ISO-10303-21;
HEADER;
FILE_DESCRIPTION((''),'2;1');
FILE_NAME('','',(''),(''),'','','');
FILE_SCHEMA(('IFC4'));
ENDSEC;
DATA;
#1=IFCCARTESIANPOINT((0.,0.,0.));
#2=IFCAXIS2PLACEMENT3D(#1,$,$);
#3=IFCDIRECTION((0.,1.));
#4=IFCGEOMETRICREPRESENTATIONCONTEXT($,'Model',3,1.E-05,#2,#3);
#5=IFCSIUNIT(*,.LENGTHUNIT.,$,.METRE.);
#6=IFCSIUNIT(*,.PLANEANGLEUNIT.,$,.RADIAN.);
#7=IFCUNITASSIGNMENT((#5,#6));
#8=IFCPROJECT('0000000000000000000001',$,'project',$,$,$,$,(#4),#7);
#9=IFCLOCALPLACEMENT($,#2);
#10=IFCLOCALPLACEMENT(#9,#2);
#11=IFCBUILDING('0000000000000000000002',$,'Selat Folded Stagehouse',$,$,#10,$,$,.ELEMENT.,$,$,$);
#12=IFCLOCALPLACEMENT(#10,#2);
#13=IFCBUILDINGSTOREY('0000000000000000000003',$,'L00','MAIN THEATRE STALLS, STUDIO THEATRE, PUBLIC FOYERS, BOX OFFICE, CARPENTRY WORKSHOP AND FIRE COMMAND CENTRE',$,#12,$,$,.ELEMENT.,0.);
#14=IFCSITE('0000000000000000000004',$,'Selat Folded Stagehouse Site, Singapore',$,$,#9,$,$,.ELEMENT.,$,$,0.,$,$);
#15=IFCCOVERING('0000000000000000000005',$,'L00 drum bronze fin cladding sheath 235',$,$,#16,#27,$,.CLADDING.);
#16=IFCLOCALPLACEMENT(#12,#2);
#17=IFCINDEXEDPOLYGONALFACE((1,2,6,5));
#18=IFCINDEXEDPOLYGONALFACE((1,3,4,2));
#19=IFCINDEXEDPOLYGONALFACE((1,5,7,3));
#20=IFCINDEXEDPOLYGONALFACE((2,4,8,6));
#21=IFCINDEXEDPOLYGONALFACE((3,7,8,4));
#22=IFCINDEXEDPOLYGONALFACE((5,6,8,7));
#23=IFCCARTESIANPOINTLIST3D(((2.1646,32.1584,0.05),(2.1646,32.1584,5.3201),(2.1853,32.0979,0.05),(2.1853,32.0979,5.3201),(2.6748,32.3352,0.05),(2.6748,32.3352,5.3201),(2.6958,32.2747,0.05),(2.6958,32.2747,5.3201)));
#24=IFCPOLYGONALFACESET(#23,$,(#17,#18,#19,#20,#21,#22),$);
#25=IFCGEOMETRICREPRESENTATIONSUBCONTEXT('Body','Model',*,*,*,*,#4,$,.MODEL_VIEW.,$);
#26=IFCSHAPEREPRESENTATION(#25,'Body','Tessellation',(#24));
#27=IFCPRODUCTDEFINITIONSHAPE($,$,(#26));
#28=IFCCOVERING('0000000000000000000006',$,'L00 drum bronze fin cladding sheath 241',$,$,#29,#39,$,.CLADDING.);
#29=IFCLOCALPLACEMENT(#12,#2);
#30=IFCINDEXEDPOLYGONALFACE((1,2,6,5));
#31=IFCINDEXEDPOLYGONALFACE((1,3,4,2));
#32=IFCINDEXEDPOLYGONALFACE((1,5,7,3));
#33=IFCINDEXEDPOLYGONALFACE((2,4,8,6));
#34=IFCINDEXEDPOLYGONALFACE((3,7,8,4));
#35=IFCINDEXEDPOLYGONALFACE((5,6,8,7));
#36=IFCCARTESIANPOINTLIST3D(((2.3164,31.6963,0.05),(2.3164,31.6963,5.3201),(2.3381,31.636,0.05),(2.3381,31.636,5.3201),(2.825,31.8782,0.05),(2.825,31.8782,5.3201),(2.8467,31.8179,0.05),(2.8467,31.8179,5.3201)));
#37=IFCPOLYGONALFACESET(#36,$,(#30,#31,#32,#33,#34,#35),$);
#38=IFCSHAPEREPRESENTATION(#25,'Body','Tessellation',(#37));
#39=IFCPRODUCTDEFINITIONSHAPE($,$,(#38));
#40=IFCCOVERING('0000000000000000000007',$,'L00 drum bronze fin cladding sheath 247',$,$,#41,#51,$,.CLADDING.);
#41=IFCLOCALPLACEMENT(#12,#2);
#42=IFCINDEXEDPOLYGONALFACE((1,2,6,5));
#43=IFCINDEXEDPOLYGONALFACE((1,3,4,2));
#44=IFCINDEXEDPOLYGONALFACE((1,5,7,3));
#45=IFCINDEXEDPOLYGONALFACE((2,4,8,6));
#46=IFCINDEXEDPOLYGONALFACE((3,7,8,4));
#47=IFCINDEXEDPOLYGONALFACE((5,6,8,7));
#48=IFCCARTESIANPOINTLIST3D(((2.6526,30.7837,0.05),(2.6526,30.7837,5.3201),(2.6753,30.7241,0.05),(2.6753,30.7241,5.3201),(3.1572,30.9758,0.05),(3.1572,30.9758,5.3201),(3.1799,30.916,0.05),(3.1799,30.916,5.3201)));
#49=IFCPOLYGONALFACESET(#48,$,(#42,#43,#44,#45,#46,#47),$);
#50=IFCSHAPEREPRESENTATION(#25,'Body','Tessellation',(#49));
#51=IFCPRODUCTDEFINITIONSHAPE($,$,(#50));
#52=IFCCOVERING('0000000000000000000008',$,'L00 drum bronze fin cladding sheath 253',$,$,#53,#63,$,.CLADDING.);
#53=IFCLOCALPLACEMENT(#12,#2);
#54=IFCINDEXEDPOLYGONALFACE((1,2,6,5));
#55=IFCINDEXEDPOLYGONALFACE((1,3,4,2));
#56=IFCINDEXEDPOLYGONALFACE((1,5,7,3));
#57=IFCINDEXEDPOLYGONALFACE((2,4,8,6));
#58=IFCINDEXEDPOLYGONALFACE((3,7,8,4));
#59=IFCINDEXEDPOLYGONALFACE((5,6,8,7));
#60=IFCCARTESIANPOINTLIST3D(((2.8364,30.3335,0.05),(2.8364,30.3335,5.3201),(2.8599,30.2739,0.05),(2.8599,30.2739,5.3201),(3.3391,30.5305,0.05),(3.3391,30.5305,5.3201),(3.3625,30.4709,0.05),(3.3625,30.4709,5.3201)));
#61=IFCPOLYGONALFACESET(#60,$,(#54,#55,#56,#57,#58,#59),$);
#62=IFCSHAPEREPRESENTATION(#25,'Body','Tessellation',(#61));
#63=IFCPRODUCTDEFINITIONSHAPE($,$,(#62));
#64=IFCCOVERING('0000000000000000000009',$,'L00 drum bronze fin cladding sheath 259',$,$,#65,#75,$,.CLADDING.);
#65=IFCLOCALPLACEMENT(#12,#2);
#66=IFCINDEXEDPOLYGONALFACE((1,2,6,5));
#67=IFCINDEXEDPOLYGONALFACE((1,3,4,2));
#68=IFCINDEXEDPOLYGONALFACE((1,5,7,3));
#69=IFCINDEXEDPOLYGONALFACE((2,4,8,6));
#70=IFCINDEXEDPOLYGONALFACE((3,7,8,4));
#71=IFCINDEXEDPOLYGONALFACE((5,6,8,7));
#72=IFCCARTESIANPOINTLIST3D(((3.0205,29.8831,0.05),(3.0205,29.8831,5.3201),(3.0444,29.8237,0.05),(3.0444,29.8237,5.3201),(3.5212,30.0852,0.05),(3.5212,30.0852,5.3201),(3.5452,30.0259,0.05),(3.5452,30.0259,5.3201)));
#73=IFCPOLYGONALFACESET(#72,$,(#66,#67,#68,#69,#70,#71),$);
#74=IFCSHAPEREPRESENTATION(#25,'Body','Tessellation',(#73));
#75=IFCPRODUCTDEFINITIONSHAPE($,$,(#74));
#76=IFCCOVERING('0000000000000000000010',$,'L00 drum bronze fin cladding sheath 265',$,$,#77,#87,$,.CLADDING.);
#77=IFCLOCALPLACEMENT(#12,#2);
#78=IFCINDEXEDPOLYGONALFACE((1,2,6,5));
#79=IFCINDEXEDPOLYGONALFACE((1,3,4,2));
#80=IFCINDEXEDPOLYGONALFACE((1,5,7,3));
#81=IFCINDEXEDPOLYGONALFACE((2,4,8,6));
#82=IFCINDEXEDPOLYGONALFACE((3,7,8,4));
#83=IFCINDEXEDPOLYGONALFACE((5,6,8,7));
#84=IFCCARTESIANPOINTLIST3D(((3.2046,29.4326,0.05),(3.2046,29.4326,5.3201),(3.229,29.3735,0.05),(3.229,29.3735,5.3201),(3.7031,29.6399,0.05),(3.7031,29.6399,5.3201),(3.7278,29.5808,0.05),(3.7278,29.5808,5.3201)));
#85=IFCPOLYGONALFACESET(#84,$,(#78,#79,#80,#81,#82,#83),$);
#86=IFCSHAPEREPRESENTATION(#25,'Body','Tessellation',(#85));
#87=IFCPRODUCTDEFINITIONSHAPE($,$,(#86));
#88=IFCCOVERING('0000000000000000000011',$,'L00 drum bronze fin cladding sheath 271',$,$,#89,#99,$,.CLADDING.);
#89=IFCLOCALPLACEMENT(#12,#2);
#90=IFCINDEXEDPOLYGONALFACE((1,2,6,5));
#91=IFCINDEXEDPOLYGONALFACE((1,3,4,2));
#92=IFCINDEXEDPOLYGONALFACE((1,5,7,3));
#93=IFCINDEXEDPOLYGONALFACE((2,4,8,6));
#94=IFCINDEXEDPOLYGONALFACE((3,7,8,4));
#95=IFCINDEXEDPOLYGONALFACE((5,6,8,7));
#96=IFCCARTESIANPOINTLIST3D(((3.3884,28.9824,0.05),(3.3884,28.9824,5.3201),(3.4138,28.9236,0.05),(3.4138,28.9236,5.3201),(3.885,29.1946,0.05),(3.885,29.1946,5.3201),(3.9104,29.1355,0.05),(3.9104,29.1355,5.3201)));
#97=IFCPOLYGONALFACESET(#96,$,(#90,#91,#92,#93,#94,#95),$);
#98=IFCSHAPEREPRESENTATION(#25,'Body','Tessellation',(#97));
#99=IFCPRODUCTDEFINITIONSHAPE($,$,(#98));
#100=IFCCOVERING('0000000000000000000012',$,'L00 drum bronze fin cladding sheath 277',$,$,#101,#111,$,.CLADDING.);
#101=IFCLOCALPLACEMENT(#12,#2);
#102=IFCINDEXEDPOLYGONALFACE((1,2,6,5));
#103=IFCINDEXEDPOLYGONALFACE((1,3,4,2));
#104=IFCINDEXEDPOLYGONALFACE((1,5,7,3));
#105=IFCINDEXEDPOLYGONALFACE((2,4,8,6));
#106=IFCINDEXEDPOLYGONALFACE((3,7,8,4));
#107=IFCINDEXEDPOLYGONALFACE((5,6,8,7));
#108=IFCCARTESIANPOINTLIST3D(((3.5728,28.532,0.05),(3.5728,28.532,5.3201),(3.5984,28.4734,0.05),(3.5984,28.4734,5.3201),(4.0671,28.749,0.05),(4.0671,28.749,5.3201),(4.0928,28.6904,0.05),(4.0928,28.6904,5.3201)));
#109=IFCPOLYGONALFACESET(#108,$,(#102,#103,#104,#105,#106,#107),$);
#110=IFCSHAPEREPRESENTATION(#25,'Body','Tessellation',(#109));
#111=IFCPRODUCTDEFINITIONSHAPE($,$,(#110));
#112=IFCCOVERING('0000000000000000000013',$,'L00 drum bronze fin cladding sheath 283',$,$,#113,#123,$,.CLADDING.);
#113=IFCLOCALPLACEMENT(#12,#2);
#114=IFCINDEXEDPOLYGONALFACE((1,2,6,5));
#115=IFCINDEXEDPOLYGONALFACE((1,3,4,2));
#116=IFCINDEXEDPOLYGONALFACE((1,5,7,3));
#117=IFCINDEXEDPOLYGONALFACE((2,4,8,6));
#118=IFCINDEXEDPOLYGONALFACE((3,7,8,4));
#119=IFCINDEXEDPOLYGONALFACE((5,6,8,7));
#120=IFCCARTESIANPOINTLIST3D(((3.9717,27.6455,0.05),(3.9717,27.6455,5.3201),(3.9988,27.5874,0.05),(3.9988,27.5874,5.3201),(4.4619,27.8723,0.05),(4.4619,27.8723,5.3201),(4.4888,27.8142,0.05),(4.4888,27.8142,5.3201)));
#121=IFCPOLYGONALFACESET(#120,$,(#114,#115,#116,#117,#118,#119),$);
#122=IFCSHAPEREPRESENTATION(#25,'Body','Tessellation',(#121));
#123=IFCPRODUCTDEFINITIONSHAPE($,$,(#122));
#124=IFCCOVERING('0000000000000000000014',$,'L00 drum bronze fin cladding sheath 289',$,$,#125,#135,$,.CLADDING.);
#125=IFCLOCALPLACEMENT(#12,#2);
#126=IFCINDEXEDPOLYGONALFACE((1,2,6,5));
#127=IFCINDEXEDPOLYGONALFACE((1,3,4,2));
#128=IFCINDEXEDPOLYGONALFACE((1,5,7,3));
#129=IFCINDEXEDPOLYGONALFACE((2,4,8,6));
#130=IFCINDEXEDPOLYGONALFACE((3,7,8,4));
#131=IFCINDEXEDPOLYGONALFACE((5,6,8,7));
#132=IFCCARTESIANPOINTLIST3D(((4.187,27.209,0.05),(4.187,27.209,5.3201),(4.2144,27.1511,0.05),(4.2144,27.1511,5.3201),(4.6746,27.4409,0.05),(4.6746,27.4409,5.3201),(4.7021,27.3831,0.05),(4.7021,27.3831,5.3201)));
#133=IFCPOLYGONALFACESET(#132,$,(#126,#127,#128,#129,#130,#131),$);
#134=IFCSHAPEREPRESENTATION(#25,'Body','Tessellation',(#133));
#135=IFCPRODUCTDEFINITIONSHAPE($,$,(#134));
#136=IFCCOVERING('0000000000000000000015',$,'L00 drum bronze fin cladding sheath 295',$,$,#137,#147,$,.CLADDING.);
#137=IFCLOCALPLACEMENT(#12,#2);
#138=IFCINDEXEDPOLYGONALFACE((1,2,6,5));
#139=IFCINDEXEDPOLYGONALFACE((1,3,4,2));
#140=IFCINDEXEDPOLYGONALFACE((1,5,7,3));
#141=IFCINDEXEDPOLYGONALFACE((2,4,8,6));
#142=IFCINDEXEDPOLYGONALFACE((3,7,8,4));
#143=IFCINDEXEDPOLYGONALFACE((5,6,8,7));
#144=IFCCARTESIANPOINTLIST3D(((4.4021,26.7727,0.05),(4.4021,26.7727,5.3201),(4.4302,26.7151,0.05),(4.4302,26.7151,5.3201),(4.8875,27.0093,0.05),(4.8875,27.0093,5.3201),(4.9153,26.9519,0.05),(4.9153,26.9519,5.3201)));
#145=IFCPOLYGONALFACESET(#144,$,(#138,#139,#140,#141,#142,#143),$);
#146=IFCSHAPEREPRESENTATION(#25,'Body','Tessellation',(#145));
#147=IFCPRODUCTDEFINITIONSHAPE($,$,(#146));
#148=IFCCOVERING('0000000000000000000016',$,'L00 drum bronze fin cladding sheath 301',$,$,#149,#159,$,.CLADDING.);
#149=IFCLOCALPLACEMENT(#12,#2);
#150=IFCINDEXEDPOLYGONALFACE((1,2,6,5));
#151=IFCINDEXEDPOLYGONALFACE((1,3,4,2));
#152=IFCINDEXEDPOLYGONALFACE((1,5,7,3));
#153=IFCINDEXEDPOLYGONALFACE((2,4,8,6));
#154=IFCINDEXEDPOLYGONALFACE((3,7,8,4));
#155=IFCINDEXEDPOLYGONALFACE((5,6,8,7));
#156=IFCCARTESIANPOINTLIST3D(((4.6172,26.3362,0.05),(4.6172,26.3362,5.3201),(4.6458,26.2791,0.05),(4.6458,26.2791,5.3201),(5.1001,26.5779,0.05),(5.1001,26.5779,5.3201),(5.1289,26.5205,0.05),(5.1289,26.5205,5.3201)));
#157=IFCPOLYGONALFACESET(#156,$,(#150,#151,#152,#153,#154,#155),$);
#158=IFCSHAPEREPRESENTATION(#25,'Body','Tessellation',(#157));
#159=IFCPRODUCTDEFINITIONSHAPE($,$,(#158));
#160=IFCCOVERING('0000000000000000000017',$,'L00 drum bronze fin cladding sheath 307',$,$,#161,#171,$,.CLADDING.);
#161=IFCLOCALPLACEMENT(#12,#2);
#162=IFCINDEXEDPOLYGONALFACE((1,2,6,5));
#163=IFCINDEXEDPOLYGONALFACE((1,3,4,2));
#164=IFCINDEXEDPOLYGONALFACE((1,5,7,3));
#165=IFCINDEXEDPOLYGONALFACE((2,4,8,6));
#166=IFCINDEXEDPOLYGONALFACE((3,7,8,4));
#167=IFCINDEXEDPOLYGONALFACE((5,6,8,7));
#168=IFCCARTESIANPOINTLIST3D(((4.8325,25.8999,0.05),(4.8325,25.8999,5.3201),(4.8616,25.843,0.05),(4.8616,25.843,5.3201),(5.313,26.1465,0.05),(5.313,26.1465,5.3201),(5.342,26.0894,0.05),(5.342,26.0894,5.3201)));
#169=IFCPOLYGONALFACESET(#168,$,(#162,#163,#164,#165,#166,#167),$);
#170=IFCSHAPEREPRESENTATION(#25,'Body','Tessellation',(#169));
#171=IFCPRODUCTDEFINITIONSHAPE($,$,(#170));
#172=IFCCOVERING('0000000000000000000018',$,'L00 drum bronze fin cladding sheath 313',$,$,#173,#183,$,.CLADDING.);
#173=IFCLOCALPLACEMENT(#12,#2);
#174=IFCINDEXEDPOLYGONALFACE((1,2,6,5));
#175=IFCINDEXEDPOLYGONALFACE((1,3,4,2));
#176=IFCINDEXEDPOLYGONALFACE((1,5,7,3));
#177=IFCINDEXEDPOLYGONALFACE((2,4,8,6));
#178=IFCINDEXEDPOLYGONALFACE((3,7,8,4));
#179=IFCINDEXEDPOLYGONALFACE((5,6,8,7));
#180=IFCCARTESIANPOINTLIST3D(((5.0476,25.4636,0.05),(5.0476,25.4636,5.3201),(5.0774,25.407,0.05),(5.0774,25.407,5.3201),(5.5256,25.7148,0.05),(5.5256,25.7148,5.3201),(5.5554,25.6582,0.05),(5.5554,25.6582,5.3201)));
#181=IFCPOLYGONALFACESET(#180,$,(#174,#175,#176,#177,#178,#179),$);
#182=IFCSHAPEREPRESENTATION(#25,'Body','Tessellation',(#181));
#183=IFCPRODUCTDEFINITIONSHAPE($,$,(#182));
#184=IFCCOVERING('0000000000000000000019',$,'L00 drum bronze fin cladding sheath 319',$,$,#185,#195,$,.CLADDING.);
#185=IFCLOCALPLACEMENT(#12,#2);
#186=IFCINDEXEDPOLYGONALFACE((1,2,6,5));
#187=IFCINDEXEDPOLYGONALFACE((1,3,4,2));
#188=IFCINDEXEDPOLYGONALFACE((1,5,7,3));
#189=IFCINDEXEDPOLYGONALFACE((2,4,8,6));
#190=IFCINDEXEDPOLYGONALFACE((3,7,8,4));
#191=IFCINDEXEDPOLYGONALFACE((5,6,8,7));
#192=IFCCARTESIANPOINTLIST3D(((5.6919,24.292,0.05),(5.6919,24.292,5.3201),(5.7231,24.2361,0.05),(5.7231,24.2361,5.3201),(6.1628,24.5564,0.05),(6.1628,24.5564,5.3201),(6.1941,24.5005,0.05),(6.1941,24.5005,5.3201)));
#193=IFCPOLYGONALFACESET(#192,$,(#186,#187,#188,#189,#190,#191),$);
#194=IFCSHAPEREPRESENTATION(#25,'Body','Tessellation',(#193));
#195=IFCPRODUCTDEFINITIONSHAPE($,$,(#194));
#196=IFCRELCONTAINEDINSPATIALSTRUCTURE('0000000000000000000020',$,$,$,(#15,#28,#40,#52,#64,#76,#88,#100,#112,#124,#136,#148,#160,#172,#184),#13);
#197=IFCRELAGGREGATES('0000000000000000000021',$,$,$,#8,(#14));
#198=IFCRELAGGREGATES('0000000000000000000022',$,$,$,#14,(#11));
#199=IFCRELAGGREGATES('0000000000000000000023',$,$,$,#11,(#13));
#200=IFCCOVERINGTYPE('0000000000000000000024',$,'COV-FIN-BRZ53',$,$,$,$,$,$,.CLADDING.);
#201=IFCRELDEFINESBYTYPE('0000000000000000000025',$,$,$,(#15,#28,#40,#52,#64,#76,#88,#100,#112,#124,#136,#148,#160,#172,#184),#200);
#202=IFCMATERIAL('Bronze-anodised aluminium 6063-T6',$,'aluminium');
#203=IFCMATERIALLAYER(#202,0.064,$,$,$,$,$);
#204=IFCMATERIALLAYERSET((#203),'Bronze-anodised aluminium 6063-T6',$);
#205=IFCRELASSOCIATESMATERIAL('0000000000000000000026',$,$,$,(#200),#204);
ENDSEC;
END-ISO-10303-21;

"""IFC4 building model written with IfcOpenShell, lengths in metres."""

from ifc_helpers import new_model, si_unit, direction, frame, origin, place, context, subcontext, project, spatial, polyline, outline, extrude, material, layer, layer_set, type_object, element, save


model = new_model("IFC4")

# Units and contexts
model_context = context("Model", 3, precision=1e-05, world=origin(), true_north=direction((0.0, 1.0)))
body_context = subcontext(model_context, "Body", "Model", "MODEL_VIEW")
ifc_project = project(units=[si_unit("LENGTHUNIT", "METRE"), si_unit("PLANEANGLEUNIT", "RADIAN")], contexts=[model_context])

# Site, building, storey
site_placement = place(None, origin())
site = spatial("IfcSite", under=ifc_project, at=site_placement, Name="Selat Folded Stagehouse Site, Singapore", CompositionType="ELEMENT", RefElevation=0.0)
building_placement = place(site_placement, origin())
building = spatial("IfcBuilding", under=site, at=building_placement, Name="Selat Folded Stagehouse", CompositionType="ELEMENT")
storey_placement = place(building_placement, origin())
storey = spatial("IfcBuildingStorey", under=building, at=storey_placement, Name="L00", Description="MAIN THEATRE STALLS, STUDIO THEATRE, PUBLIC FOYERS, BOX OFFICE, CARPENTRY WORKSHOP AND FIRE COMMAND CENTRE", CompositionType="ELEMENT", Elevation=0.0)

# Coverings
ifc_material = material(Name="Bronze-anodised aluminium 6063-T6", Category="aluminium")
ifc_layer = layer(ifc_material, 0.064)
ifc_layer_set = layer_set([ifc_layer], Name="Bronze-anodised aluminium 6063-T6")
covering_type = type_object("IfcCoveringType", Name="COV-FIN-BRZ53", PredefinedType="CLADDING", material=ifc_layer_set)
covering_1_placement = place(storey_placement, frame((0.0, 0.0, 0.05)))
element("IfcCovering", 1, at=covering_1_placement, inside=storey, type_object=covering_type, Name="L00 drum bronze fin cladding sheath 235", PredefinedType="CLADDING", context=body_context, shape_type="SweptSolid", body=[
    extrude(outline(polyline([(2.6748, 32.3352), (2.1646, 32.1584), (2.1853, 32.0979), (2.6958, 32.2747), (2.6748, 32.3352)])), origin(), (0.0, 0.0, 1.0), 5.27),
])
covering_2_placement = place(storey_placement, frame((0.0, 0.0, 0.05)))
element("IfcCovering", 2, at=covering_2_placement, inside=storey, type_object=covering_type, Name="L00 drum bronze fin cladding sheath 241", PredefinedType="CLADDING", context=body_context, shape_type="SweptSolid", body=[
    extrude(outline(polyline([(2.825, 31.8782), (2.3164, 31.6963), (2.3381, 31.636), (2.8467, 31.8179), (2.825, 31.8782)])), origin(), (0.0, 0.0, 1.0), 5.27),
])
covering_3_placement = place(storey_placement, frame((0.0, 0.0, 0.05)))
element("IfcCovering", 3, at=covering_3_placement, inside=storey, type_object=covering_type, Name="L00 drum bronze fin cladding sheath 247", PredefinedType="CLADDING", context=body_context, shape_type="SweptSolid", body=[
    extrude(outline(polyline([(3.1572, 30.9758), (2.6526, 30.7837), (2.6753, 30.7241), (3.1799, 30.916), (3.1572, 30.9758)])), origin(), (0.0, 0.0, 1.0), 5.27),
])
covering_4_placement = place(storey_placement, frame((0.0, 0.0, 0.05)))
element("IfcCovering", 4, at=covering_4_placement, inside=storey, type_object=covering_type, Name="L00 drum bronze fin cladding sheath 253", PredefinedType="CLADDING", context=body_context, shape_type="SweptSolid", body=[
    extrude(outline(polyline([(3.3391, 30.5305), (2.8364, 30.3335), (2.8599, 30.2739), (3.3625, 30.4709), (3.3391, 30.5305)])), origin(), (0.0, 0.0, 1.0), 5.27),
])
covering_5_placement = place(storey_placement, frame((0.0, 0.0, 0.05)))
element("IfcCovering", 5, at=covering_5_placement, inside=storey, type_object=covering_type, Name="L00 drum bronze fin cladding sheath 259", PredefinedType="CLADDING", context=body_context, shape_type="SweptSolid", body=[
    extrude(outline(polyline([(3.5212, 30.0852), (3.0205, 29.8831), (3.0444, 29.8237), (3.5452, 30.0259), (3.5212, 30.0852)])), origin(), (0.0, 0.0, 1.0), 5.27),
])
covering_6_placement = place(storey_placement, frame((0.0, 0.0, 0.05)))
element("IfcCovering", 6, at=covering_6_placement, inside=storey, type_object=covering_type, Name="L00 drum bronze fin cladding sheath 265", PredefinedType="CLADDING", context=body_context, shape_type="SweptSolid", body=[
    extrude(outline(polyline([(3.7031, 29.6399), (3.2046, 29.4326), (3.229, 29.3735), (3.7278, 29.5808), (3.7031, 29.6399)])), origin(), (0.0, 0.0, 1.0), 5.27),
])
covering_7_placement = place(storey_placement, frame((0.0, 0.0, 0.05)))
element("IfcCovering", 7, at=covering_7_placement, inside=storey, type_object=covering_type, Name="L00 drum bronze fin cladding sheath 271", PredefinedType="CLADDING", context=body_context, shape_type="SweptSolid", body=[
    extrude(outline(polyline([(3.885, 29.1946), (3.3884, 28.9824), (3.4138, 28.9236), (3.9104, 29.1355), (3.885, 29.1946)])), origin(), (0.0, 0.0, 1.0), 5.27),
])
covering_8_placement = place(storey_placement, frame((0.0, 0.0, 0.05)))
element("IfcCovering", 8, at=covering_8_placement, inside=storey, type_object=covering_type, Name="L00 drum bronze fin cladding sheath 277", PredefinedType="CLADDING", context=body_context, shape_type="SweptSolid", body=[
    extrude(outline(polyline([(4.0671, 28.749), (3.5728, 28.532), (3.5984, 28.4734), (4.0928, 28.6904), (4.0671, 28.749)])), origin(), (0.0, 0.0, 1.0), 5.27),
])
covering_9_placement = place(storey_placement, frame((0.0, 0.0, 0.05)))
element("IfcCovering", 9, at=covering_9_placement, inside=storey, type_object=covering_type, Name="L00 drum bronze fin cladding sheath 283", PredefinedType="CLADDING", context=body_context, shape_type="SweptSolid", body=[
    extrude(outline(polyline([(4.4619, 27.8723), (3.9717, 27.6455), (3.9988, 27.5874), (4.4888, 27.8142), (4.4619, 27.8723)])), origin(), (0.0, 0.0, 1.0), 5.27),
])
covering_10_placement = place(storey_placement, frame((0.0, 0.0, 0.05)))
element("IfcCovering", 10, at=covering_10_placement, inside=storey, type_object=covering_type, Name="L00 drum bronze fin cladding sheath 289", PredefinedType="CLADDING", context=body_context, shape_type="SweptSolid", body=[
    extrude(outline(polyline([(4.6746, 27.4409), (4.187, 27.209), (4.2144, 27.1511), (4.7021, 27.3831), (4.6746, 27.4409)])), origin(), (0.0, 0.0, 1.0), 5.27),
])
covering_11_placement = place(storey_placement, frame((0.0, 0.0, 0.05)))
element("IfcCovering", 11, at=covering_11_placement, inside=storey, type_object=covering_type, Name="L00 drum bronze fin cladding sheath 295", PredefinedType="CLADDING", context=body_context, shape_type="SweptSolid", body=[
    extrude(outline(polyline([(4.8875, 27.0093), (4.4021, 26.7727), (4.4302, 26.7151), (4.9153, 26.9519), (4.8875, 27.0093)])), origin(), (0.0, 0.0, 1.0), 5.27),
])
covering_12_placement = place(storey_placement, frame((0.0, 0.0, 0.05)))
element("IfcCovering", 12, at=covering_12_placement, inside=storey, type_object=covering_type, Name="L00 drum bronze fin cladding sheath 301", PredefinedType="CLADDING", context=body_context, shape_type="SweptSolid", body=[
    extrude(outline(polyline([(5.1001, 26.5779), (4.6172, 26.3362), (4.6458, 26.2791), (5.1289, 26.5205), (5.1001, 26.5779)])), origin(), (0.0, 0.0, 1.0), 5.27),
])
covering_13_placement = place(storey_placement, frame((0.0, 0.0, 0.05)))
element("IfcCovering", 13, at=covering_13_placement, inside=storey, type_object=covering_type, Name="L00 drum bronze fin cladding sheath 307", PredefinedType="CLADDING", context=body_context, shape_type="SweptSolid", body=[
    extrude(outline(polyline([(5.313, 26.1465), (4.8325, 25.8999), (4.8616, 25.843), (5.342, 26.0894), (5.313, 26.1465)])), origin(), (0.0, 0.0, 1.0), 5.27),
])
covering_14_placement = place(storey_placement, frame((0.0, 0.0, 0.05)))
element("IfcCovering", 14, at=covering_14_placement, inside=storey, type_object=covering_type, Name="L00 drum bronze fin cladding sheath 313", PredefinedType="CLADDING", context=body_context, shape_type="SweptSolid", body=[
    extrude(outline(polyline([(5.5256, 25.7148), (5.0476, 25.4636), (5.0774, 25.407), (5.5554, 25.6582), (5.5256, 25.7148)])), origin(), (0.0, 0.0, 1.0), 5.27),
])
covering_15_placement = place(storey_placement, frame((0.0, 0.0, 0.05)))
element("IfcCovering", 15, at=covering_15_placement, inside=storey, type_object=covering_type, Name="L00 drum bronze fin cladding sheath 319", PredefinedType="CLADDING", context=body_context, shape_type="SweptSolid", body=[
    extrude(outline(polyline([(6.1628, 24.5564), (5.6919, 24.292), (5.7231, 24.2361), (6.1941, 24.5005), (6.1628, 24.5564)])), origin(), (0.0, 0.0, 1.0), 5.27),
])

save(model, "model.ifc")
